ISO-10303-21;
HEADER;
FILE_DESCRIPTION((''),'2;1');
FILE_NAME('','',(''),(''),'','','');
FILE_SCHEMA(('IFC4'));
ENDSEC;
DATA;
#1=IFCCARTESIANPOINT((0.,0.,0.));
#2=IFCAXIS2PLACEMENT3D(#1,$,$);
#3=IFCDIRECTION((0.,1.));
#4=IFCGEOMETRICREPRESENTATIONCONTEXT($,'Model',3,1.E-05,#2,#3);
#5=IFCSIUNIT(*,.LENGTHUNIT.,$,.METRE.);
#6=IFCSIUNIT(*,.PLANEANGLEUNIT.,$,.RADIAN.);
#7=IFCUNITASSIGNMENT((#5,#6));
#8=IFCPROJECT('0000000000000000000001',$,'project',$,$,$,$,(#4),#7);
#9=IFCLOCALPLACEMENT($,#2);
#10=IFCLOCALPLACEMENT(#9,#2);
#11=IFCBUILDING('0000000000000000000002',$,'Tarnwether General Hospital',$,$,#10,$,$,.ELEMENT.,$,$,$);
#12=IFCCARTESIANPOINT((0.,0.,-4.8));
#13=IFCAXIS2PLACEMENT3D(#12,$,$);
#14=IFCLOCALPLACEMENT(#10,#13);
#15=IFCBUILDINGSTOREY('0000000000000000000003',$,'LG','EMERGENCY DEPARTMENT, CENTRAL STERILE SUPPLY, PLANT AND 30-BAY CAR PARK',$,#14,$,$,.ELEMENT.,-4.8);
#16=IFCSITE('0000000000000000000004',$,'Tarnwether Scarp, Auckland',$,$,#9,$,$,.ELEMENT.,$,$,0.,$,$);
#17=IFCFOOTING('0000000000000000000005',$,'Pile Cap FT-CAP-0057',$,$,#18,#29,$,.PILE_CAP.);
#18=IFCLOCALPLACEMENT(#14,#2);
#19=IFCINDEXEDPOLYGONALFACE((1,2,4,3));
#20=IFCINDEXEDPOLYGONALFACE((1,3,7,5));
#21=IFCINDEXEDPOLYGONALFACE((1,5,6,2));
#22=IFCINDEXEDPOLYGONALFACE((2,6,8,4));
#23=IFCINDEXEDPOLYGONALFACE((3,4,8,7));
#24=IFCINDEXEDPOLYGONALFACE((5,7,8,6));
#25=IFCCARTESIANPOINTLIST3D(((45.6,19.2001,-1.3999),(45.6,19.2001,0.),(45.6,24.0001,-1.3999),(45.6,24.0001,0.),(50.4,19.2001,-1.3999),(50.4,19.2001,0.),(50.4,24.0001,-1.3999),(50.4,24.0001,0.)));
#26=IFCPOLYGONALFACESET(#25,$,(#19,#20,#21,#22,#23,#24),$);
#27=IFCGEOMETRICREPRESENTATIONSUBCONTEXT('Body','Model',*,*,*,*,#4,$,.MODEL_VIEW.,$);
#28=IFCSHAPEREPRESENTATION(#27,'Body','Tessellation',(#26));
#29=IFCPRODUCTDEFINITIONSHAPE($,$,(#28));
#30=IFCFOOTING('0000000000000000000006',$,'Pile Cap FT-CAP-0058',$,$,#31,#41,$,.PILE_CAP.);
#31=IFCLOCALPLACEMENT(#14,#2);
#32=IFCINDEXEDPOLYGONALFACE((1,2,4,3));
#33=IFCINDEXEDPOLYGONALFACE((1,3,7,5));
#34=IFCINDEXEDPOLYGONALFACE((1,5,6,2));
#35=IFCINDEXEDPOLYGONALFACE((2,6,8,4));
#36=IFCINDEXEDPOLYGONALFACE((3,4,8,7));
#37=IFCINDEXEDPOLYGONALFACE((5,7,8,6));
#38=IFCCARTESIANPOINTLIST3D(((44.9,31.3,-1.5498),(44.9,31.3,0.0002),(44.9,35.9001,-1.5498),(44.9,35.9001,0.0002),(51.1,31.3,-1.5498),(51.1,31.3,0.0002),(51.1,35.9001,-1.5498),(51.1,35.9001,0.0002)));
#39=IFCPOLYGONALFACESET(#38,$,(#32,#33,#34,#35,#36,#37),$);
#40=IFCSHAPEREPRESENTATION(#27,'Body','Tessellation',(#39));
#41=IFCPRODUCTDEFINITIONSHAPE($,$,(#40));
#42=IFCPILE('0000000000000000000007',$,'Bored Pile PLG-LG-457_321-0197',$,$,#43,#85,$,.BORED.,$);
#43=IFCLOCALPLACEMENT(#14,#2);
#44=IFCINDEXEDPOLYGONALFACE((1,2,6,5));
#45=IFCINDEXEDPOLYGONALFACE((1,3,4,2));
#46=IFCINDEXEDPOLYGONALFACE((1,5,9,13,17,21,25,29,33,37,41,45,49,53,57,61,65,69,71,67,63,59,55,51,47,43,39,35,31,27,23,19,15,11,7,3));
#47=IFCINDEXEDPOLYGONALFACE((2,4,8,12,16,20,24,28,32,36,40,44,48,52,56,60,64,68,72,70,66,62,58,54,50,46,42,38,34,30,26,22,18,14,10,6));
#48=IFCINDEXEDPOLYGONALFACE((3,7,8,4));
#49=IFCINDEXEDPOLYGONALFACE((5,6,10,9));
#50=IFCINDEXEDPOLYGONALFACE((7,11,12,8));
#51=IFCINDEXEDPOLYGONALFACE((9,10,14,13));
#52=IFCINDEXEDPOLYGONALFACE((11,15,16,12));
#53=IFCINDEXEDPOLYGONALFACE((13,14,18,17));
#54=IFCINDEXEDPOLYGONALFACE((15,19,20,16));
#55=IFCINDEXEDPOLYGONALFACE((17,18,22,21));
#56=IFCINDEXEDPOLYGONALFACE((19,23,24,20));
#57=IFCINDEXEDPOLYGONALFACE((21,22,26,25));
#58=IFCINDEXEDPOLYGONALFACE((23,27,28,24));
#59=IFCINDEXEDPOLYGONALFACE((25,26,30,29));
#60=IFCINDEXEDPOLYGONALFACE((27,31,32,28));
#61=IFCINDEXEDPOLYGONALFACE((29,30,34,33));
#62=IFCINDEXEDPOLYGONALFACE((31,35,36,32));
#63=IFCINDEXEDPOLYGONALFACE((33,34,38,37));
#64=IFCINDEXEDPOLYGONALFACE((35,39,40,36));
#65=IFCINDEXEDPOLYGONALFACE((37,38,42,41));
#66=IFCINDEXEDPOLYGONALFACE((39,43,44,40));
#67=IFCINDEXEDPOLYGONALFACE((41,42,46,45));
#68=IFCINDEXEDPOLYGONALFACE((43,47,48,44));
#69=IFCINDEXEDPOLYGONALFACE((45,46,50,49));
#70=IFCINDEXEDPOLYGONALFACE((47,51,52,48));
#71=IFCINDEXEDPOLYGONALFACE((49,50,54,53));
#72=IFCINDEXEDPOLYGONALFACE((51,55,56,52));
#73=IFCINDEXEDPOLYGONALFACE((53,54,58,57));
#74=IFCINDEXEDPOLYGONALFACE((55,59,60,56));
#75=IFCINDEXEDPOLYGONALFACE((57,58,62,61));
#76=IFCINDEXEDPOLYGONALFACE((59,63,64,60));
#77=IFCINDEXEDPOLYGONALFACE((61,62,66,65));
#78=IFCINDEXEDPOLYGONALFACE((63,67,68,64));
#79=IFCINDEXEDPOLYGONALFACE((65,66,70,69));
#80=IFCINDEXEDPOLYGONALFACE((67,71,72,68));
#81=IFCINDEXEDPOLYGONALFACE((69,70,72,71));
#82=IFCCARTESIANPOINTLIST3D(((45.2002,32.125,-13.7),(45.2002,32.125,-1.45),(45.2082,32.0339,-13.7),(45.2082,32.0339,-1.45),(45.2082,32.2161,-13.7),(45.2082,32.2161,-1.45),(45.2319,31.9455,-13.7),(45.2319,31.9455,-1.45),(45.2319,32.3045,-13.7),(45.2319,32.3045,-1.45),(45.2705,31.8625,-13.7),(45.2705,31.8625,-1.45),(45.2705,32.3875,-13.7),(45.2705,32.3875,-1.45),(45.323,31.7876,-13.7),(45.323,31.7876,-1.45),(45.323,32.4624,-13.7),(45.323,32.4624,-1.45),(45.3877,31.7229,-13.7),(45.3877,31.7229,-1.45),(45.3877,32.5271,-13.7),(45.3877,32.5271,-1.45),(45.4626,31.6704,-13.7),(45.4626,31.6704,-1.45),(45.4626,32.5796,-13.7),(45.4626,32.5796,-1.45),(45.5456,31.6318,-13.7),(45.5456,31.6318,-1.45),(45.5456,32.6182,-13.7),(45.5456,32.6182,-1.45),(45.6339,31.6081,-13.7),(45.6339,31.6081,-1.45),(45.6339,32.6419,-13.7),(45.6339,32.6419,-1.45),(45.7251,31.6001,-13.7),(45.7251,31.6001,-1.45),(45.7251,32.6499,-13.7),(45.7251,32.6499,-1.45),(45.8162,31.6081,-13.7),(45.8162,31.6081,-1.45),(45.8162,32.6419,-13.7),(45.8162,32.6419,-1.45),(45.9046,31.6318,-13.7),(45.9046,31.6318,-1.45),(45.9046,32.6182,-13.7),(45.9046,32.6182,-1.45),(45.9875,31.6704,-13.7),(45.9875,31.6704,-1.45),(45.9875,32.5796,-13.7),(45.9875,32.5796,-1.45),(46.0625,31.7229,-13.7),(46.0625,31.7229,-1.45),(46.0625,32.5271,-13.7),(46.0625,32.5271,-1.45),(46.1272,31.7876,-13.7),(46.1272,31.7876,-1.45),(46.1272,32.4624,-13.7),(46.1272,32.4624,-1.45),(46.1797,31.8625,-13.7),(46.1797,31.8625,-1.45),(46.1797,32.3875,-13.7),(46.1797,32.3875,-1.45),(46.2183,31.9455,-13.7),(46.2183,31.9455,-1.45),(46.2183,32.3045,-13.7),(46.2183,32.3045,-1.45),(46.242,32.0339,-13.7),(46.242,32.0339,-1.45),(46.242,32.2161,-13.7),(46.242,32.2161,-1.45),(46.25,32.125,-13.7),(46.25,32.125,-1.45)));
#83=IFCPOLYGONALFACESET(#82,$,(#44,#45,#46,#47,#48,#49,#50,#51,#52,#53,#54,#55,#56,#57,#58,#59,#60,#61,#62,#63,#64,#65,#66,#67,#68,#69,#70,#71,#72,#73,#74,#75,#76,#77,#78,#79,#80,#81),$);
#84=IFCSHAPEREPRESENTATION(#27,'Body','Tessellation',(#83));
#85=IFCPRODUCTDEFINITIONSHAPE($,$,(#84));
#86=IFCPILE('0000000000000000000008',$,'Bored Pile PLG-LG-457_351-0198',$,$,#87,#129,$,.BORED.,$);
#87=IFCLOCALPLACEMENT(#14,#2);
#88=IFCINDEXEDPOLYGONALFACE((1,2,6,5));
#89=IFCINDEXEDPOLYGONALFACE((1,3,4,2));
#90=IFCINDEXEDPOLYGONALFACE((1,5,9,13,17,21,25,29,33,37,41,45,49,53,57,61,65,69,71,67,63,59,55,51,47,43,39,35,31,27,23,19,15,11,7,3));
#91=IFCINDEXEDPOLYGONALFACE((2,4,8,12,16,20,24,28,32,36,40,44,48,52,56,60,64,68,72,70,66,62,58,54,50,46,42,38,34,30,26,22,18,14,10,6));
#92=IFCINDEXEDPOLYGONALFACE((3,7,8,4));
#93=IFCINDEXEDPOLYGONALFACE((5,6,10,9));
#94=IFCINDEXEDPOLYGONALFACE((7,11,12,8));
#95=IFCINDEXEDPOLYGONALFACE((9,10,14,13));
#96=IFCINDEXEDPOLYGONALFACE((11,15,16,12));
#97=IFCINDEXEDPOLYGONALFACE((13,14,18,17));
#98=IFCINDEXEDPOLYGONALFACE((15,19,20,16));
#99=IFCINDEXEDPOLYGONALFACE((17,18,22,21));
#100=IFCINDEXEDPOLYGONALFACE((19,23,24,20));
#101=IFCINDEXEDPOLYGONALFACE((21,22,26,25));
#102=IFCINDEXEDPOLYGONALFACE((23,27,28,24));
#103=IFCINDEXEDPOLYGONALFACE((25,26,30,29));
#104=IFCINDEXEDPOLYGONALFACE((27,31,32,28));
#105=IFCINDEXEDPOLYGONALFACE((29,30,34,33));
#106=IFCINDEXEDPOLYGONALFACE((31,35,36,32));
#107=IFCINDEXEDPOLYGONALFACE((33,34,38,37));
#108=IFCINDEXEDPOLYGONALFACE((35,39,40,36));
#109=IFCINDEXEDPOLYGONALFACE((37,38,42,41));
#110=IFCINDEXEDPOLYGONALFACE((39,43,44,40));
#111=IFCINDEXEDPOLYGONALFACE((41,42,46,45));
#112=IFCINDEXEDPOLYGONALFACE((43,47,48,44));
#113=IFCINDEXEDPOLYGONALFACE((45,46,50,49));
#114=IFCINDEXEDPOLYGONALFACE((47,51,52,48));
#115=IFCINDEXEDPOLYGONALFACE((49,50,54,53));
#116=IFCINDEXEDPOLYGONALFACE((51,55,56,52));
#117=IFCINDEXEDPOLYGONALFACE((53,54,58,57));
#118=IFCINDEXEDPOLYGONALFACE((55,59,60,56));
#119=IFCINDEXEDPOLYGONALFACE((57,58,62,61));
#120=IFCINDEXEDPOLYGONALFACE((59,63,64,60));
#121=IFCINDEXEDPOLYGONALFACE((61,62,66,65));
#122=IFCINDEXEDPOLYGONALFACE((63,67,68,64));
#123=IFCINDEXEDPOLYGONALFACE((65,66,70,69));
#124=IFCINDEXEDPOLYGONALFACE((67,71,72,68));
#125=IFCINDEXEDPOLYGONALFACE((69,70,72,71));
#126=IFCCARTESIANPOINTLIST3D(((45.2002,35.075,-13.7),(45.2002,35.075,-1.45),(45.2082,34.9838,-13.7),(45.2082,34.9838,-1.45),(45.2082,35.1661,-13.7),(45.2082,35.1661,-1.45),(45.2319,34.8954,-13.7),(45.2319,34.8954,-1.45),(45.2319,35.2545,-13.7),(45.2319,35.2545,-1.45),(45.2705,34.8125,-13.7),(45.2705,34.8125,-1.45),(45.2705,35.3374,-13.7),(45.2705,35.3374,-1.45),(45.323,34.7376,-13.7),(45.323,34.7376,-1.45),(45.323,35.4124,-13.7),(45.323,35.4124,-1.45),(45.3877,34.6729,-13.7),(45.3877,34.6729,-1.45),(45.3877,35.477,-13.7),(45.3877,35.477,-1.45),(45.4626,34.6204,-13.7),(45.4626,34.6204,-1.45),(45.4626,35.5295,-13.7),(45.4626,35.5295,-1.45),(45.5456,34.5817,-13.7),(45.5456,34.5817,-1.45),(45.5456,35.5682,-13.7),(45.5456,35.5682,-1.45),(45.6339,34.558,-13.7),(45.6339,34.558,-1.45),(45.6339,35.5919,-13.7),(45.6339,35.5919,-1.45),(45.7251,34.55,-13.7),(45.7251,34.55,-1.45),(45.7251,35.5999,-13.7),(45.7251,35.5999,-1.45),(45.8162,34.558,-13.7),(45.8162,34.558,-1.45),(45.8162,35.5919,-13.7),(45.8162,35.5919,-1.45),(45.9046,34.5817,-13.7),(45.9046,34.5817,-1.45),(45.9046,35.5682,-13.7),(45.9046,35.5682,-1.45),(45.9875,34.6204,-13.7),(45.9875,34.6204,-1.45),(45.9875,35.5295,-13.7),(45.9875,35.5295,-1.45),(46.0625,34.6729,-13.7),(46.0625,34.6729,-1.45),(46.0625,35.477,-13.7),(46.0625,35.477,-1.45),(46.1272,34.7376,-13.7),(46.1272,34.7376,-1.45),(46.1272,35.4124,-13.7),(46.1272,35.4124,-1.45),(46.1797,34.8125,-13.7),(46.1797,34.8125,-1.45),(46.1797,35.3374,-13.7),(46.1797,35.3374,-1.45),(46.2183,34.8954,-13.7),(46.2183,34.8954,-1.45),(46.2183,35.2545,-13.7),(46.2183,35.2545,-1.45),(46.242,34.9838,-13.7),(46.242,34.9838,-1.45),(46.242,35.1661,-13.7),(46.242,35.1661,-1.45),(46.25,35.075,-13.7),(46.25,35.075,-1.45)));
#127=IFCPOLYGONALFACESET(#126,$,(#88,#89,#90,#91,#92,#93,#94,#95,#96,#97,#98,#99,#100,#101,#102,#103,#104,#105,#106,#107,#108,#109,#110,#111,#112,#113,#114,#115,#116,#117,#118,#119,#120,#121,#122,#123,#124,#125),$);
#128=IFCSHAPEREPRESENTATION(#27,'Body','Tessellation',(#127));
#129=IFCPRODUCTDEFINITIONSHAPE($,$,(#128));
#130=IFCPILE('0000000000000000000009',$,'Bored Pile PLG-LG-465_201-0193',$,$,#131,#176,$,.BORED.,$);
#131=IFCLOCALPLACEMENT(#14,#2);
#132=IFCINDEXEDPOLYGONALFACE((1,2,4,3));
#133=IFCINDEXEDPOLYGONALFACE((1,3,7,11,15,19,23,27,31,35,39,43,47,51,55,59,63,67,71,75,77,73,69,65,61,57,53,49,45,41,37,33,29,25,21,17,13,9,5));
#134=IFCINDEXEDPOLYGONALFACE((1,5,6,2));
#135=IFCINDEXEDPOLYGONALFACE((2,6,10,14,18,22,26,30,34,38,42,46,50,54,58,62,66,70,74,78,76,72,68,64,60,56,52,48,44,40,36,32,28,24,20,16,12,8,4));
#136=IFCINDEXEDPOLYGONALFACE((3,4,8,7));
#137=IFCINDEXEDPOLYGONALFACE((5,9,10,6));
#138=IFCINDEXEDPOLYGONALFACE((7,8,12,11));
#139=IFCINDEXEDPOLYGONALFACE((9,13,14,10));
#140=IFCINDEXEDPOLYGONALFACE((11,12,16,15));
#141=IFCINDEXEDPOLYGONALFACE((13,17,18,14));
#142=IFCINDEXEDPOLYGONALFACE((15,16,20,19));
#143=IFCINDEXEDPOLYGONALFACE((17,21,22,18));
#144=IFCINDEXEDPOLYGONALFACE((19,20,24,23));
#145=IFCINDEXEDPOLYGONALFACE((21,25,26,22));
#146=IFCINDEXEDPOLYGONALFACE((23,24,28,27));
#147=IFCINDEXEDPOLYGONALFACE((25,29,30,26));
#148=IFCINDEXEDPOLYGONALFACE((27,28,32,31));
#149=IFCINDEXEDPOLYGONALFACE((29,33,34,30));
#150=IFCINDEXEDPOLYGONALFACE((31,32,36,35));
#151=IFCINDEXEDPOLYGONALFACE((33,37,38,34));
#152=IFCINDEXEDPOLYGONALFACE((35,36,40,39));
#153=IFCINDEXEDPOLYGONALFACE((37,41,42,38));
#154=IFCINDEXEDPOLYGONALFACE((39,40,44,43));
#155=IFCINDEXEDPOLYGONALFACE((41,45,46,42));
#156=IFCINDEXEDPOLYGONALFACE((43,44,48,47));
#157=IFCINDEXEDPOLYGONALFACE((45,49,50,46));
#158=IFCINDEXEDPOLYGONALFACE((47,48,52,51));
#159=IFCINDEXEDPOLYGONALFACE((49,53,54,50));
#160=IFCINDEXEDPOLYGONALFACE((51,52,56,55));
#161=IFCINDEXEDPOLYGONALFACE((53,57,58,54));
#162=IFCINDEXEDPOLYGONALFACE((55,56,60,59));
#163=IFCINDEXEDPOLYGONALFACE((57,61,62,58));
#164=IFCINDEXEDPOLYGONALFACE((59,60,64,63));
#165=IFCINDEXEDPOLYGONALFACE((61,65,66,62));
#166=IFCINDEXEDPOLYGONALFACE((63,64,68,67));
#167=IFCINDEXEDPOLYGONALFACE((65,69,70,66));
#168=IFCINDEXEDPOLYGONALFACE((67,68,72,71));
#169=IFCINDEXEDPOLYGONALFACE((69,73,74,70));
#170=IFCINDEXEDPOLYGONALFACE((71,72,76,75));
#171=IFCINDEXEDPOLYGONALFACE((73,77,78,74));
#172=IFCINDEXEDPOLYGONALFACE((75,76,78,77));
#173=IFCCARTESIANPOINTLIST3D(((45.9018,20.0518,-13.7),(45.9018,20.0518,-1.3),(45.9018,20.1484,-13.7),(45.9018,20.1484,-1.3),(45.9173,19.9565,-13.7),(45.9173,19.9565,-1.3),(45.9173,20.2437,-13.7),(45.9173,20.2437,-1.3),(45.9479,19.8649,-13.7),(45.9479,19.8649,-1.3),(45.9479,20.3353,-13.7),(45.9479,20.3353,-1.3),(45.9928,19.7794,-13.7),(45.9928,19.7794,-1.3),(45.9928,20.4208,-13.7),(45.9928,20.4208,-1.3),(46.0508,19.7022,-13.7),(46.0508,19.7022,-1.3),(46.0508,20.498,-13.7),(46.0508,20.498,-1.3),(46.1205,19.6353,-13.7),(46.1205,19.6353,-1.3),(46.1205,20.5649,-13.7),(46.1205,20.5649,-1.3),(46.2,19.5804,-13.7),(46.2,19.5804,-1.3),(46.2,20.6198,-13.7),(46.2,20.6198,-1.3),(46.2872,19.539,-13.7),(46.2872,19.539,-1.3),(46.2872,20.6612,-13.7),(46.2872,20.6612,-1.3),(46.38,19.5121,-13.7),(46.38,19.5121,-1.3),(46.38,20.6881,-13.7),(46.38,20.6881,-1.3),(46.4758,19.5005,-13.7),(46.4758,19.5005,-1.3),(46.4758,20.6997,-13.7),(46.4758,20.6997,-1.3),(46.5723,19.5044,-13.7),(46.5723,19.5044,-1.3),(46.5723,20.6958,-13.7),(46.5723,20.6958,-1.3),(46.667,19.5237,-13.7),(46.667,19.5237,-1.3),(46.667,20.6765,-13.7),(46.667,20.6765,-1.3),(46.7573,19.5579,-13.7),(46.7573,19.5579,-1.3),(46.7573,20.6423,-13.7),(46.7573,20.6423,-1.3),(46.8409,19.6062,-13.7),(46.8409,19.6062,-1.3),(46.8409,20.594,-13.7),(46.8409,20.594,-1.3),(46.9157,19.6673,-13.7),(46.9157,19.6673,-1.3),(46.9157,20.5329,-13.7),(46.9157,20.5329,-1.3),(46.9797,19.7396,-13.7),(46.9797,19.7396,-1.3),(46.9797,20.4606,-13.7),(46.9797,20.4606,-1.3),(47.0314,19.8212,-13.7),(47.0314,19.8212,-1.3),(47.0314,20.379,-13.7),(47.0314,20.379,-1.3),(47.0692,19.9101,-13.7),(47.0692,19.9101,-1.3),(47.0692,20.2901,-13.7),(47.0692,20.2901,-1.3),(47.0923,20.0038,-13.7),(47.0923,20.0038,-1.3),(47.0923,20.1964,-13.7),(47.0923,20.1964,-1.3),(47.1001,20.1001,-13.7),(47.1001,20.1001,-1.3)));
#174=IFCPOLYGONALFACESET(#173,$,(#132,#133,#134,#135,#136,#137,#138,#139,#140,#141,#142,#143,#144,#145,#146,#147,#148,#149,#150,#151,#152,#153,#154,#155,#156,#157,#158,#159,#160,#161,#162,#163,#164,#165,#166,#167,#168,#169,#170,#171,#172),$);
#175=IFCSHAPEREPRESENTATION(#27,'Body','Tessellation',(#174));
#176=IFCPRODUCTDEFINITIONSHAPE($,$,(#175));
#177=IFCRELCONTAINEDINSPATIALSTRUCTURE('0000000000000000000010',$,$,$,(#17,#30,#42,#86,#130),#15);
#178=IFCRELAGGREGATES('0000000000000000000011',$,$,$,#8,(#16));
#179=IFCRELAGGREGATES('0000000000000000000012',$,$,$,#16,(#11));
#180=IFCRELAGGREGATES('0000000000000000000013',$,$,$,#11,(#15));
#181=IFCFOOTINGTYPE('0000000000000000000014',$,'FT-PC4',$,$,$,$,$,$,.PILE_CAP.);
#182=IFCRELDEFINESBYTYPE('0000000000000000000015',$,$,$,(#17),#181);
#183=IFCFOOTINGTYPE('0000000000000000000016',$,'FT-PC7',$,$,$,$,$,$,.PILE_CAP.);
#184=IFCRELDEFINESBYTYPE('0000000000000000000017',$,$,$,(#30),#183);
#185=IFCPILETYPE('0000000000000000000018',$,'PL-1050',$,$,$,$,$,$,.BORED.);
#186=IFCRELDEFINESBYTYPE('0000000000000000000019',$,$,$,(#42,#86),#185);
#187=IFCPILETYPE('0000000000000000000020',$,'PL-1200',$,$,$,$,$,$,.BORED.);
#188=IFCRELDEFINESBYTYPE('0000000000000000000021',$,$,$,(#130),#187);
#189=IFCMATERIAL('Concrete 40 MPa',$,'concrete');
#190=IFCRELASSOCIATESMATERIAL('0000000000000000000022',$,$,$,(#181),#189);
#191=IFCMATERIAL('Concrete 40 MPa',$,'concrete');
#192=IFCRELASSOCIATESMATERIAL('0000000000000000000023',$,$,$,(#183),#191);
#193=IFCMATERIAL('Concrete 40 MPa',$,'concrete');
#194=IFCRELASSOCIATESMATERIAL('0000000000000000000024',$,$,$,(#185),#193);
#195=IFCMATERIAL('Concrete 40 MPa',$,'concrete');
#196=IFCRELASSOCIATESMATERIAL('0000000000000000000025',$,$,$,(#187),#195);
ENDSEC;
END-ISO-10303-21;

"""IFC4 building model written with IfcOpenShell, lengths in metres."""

from ifc_helpers import new_model, si_unit, direction, frame, origin, origin_2d, place, context, subcontext, project, spatial, rectangle, circle, extrude, material, material_profile, profile_set, type_object, element, save


model = new_model("IFC4")

# Units and contexts
model_context = context("Model", 3, precision=1e-05, world=origin(), true_north=direction((0.0, 1.0)))
body_context = subcontext(model_context, "Body", "Model", "MODEL_VIEW")
ifc_project = project(units=[si_unit("LENGTHUNIT", "METRE"), si_unit("PLANEANGLEUNIT", "RADIAN")], contexts=[model_context])

# Site, building, storey
site_placement = place(None, origin())
site = spatial("IfcSite", under=ifc_project, at=site_placement, Name="Tarnwether Scarp, Auckland", CompositionType="ELEMENT", RefElevation=0.0)
building_placement = place(site_placement, origin())
building = spatial("IfcBuilding", under=site, at=building_placement, Name="Tarnwether General Hospital", CompositionType="ELEMENT")
storey_placement = place(building_placement, frame((0.0, 0.0, -4.8)))
storey = spatial("IfcBuildingStorey", under=building, at=storey_placement, Name="LG", Description="EMERGENCY DEPARTMENT, CENTRAL STERILE SUPPLY, PLANT AND 30-BAY CAR PARK", CompositionType="ELEMENT", Elevation=-4.8)

# Footings
ifc_material_1 = material(Name="Concrete 40 MPa", Category="concrete")
footing_type_1 = type_object("IfcFootingType", Name="FT-PC4", PredefinedType="PILE_CAP", material=ifc_material_1)
footing_1_placement = place(storey_placement, frame((48.0, 21.6001, -1.3999), z_axis=(0.0, 0.0, 1.0), x_axis=(1.0, 0.0, 0.0)))
element("IfcFooting", 1, at=footing_1_placement, inside=storey, type_object=footing_type_1, Name="Pile Cap FT-CAP-0057", PredefinedType="PILE_CAP", context=body_context, shape_type="SweptSolid", body=[
    extrude(rectangle(XDim=4.8, YDim=4.8, at=origin_2d()), origin(), (0.0, 0.0, 1.0), 1.3999),
])
ifc_material_2 = material(Name="Concrete 40 MPa", Category="concrete")
footing_type_2 = type_object("IfcFootingType", Name="FT-PC7", PredefinedType="PILE_CAP", material=ifc_material_2)
footing_2_placement = place(storey_placement, frame((48.0, 33.6001, -1.5498), z_axis=(0.0, 0.0, 1.0), x_axis=(1.0, 0.0, 0.0)))
element("IfcFooting", 2, at=footing_2_placement, inside=storey, type_object=footing_type_2, Name="Pile Cap FT-CAP-0058", PredefinedType="PILE_CAP", context=body_context, shape_type="SweptSolid", body=[
    extrude(rectangle(XDim=6.2, YDim=4.6001, at=origin_2d()), origin(), (0.0, 0.0, 1.0), 1.55),
])

# Piles
ifc_material_3 = material(Name="Concrete 40 MPa", Category="concrete")
ifc_material_profile_1 = material_profile(ifc_material_3, circle(Radius=0.5249, at=origin_2d()), Name="PILE-D1050")
ifc_profile_set_1 = profile_set([ifc_material_profile_1], Name="Concrete 40 MPa")
pile_type_1 = type_object("IfcPileType", Name="PL-1050", PredefinedType="BORED", material=ifc_profile_set_1)
for number, where, z_axis, x_axis, name in (
    (3, (45.7251, 32.125, -1.45), (0.0, 0.0, -1.0), (1.0, 0.0, 0.0), "Bored Pile PLG-LG-457_321-0197"),
    (4, (45.7251, 35.075, -1.45), (0.0, 0.0, -1.0), (1.0, 0.0, 0.0), "Bored Pile PLG-LG-457_351-0198"),
):
    element("IfcPile", number, at=place(storey_placement, frame(where, z_axis=z_axis, x_axis=x_axis)), inside=storey, type_object=pile_type_1, Name=name, PredefinedType="BORED", context=body_context, shape_type="SweptSolid", body=[
        extrude(circle(Radius=0.5249, at=origin_2d()), origin(), (0.0, 0.0, 1.0), 12.25),
    ])
ifc_material_4 = material(Name="Concrete 40 MPa", Category="concrete")
ifc_material_profile_2 = material_profile(ifc_material_4, circle(Radius=0.6001, at=origin_2d()), Name="PILE-D1200")
ifc_profile_set_2 = profile_set([ifc_material_profile_2], Name="Concrete 40 MPa")
pile_type_2 = type_object("IfcPileType", Name="PL-1200", PredefinedType="BORED", material=ifc_profile_set_2)
for number, where, z_axis, x_axis, name in (
    (5, (46.5, 20.1001, -1.3), (0.0, 0.0, -1.0), (1.0, 0.0, 0.0), "Bored Pile PLG-LG-465_201-0193"),
):
    element("IfcPile", number, at=place(storey_placement, frame(where, z_axis=z_axis, x_axis=x_axis)), inside=storey, type_object=pile_type_2, Name=name, PredefinedType="BORED", context=body_context, shape_type="SweptSolid", body=[
        extrude(circle(Radius=0.6001, at=origin_2d()), origin(), (0.0, 0.0, 1.0), 12.3999),
    ])

save(model, "model.ifc")
